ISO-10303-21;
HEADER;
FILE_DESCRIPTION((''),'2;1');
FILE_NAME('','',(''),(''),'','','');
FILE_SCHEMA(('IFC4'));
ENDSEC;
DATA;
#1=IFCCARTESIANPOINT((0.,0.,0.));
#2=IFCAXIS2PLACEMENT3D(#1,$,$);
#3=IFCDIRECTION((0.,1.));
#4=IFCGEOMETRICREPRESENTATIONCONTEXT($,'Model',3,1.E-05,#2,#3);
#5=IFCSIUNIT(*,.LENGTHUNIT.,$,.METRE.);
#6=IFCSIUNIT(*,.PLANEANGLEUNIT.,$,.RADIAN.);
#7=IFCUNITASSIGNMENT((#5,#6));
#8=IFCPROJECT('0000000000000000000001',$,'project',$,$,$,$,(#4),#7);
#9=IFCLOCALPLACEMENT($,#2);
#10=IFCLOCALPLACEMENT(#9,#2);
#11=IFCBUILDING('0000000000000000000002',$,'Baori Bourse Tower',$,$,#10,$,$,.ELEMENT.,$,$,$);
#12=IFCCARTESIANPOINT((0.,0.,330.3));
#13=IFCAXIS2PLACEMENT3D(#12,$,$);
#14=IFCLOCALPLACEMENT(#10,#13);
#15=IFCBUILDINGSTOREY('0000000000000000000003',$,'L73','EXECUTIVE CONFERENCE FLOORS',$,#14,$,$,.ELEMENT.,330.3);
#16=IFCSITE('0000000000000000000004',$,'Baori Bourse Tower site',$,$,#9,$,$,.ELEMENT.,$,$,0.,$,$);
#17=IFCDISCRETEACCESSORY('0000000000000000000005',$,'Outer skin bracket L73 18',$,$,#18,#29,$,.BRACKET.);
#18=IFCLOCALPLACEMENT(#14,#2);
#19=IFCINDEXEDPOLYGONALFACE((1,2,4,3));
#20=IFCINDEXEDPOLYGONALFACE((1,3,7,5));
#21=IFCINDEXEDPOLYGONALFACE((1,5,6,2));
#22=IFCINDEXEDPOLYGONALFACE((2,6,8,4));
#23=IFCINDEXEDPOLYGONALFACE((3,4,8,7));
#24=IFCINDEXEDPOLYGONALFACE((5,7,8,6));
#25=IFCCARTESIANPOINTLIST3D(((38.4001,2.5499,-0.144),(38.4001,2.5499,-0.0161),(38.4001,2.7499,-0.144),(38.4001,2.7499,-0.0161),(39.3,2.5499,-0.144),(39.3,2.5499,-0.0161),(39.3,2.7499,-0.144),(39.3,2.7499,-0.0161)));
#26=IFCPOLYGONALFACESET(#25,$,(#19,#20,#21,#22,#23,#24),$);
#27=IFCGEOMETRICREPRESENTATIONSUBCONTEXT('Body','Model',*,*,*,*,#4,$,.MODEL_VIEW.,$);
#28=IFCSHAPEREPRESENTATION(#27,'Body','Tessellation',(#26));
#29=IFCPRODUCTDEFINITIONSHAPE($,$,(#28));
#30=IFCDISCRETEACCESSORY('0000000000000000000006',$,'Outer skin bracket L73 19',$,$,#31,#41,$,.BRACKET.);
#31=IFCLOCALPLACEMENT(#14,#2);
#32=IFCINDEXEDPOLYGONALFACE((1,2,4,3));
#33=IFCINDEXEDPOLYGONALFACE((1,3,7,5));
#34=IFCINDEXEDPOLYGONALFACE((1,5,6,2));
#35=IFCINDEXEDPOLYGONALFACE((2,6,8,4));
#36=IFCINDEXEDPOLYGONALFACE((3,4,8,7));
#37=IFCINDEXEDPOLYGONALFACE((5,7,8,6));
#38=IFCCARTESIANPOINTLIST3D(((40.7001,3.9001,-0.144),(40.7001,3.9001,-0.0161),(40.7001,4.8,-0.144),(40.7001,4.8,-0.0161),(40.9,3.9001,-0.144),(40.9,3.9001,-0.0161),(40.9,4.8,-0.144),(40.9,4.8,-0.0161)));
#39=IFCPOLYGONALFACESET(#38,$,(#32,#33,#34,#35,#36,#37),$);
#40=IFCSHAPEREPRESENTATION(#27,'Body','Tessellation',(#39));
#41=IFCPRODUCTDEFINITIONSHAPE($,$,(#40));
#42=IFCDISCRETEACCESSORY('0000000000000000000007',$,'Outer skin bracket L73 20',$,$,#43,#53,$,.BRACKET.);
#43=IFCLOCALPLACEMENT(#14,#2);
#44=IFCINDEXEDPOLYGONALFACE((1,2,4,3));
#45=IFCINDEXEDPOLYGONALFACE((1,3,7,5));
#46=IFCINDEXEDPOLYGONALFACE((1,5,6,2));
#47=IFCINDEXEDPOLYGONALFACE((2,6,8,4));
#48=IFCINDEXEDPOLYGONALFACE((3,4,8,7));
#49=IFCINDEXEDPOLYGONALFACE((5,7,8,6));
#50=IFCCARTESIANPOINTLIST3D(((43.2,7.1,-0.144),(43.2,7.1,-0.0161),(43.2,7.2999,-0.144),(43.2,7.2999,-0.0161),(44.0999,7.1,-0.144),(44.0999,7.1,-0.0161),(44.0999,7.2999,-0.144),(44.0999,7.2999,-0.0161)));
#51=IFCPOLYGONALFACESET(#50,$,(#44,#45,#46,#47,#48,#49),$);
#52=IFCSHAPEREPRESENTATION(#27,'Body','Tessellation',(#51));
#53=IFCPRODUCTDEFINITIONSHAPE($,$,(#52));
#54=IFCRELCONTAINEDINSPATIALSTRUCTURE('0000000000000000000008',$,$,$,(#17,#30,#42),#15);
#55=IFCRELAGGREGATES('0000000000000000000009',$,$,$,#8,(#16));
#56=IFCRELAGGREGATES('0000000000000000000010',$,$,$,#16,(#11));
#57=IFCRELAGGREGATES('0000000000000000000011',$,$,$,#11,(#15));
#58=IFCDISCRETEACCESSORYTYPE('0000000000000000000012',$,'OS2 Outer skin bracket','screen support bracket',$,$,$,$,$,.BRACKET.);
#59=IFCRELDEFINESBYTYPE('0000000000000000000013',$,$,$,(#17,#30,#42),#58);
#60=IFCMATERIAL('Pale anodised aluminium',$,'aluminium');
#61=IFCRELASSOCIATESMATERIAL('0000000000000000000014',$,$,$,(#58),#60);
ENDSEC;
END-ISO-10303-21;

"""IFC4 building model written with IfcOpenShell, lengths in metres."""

from ifc_helpers import new_model, si_unit, direction, frame, origin, origin_2d, place, context, subcontext, project, spatial, rectangle, extrude, material, type_object, element, save


model = new_model("IFC4")

# Units and contexts
model_context = context("Model", 3, precision=1e-05, world=origin(), true_north=direction((0.0, 1.0)))
body_context = subcontext(model_context, "Body", "Model", "MODEL_VIEW")
ifc_project = project(units=[si_unit("LENGTHUNIT", "METRE"), si_unit("PLANEANGLEUNIT", "RADIAN")], contexts=[model_context])

# Site, building, storey
site_placement = place(None, origin())
site = spatial("IfcSite", under=ifc_project, at=site_placement, Name="Baori Bourse Tower site", CompositionType="ELEMENT", RefElevation=0.0)
building_placement = place(site_placement, origin())
building = spatial("IfcBuilding", under=site, at=building_placement, Name="Baori Bourse Tower", CompositionType="ELEMENT")
storey_placement = place(building_placement, frame((0.0, 0.0, 330.3)))
storey = spatial("IfcBuildingStorey", under=building, at=storey_placement, Name="L73", Description="EXECUTIVE CONFERENCE FLOORS", CompositionType="ELEMENT", Elevation=330.3)

# Discrete accessories
ifc_material_1 = material(Name="Pale anodised aluminium", Category="aluminium")
discrete_accessory_type = type_object("IfcDiscreteAccessoryType", Name="OS2 Outer skin bracket", Description="screen support bracket", PredefinedType="BRACKET", material=ifc_material_1)
for number, where, z_axis, x_axis, name in (
    (1, (38.8501, 2.6499, -0.144), (0.0, 0.0, 1.0), (0.0, 1.0, 0.0), "Outer skin bracket L73 18"),
    (2, (40.8, 4.3501, -0.144), (0.0, 0.0, 1.0), (1.0, 0.0, 0.0), "Outer skin bracket L73 19"),
    (3, (43.6499, 7.2, -0.144), (0.0, 0.0, 1.0), (0.0, 1.0, 0.0), "Outer skin bracket L73 20"),
):
    element("IfcDiscreteAccessory", number, at=place(storey_placement, frame(where, z_axis=z_axis, x_axis=x_axis)), inside=storey, type_object=discrete_accessory_type, Name=name, PredefinedType="BRACKET", context=body_context, shape_type="SweptSolid", body=[
        extrude(rectangle(XDim=0.2, YDim=0.8999, at=origin_2d()), origin(), (0.0, 0.0, 1.0), 0.1279),
    ])

save(model, "model.ifc")
